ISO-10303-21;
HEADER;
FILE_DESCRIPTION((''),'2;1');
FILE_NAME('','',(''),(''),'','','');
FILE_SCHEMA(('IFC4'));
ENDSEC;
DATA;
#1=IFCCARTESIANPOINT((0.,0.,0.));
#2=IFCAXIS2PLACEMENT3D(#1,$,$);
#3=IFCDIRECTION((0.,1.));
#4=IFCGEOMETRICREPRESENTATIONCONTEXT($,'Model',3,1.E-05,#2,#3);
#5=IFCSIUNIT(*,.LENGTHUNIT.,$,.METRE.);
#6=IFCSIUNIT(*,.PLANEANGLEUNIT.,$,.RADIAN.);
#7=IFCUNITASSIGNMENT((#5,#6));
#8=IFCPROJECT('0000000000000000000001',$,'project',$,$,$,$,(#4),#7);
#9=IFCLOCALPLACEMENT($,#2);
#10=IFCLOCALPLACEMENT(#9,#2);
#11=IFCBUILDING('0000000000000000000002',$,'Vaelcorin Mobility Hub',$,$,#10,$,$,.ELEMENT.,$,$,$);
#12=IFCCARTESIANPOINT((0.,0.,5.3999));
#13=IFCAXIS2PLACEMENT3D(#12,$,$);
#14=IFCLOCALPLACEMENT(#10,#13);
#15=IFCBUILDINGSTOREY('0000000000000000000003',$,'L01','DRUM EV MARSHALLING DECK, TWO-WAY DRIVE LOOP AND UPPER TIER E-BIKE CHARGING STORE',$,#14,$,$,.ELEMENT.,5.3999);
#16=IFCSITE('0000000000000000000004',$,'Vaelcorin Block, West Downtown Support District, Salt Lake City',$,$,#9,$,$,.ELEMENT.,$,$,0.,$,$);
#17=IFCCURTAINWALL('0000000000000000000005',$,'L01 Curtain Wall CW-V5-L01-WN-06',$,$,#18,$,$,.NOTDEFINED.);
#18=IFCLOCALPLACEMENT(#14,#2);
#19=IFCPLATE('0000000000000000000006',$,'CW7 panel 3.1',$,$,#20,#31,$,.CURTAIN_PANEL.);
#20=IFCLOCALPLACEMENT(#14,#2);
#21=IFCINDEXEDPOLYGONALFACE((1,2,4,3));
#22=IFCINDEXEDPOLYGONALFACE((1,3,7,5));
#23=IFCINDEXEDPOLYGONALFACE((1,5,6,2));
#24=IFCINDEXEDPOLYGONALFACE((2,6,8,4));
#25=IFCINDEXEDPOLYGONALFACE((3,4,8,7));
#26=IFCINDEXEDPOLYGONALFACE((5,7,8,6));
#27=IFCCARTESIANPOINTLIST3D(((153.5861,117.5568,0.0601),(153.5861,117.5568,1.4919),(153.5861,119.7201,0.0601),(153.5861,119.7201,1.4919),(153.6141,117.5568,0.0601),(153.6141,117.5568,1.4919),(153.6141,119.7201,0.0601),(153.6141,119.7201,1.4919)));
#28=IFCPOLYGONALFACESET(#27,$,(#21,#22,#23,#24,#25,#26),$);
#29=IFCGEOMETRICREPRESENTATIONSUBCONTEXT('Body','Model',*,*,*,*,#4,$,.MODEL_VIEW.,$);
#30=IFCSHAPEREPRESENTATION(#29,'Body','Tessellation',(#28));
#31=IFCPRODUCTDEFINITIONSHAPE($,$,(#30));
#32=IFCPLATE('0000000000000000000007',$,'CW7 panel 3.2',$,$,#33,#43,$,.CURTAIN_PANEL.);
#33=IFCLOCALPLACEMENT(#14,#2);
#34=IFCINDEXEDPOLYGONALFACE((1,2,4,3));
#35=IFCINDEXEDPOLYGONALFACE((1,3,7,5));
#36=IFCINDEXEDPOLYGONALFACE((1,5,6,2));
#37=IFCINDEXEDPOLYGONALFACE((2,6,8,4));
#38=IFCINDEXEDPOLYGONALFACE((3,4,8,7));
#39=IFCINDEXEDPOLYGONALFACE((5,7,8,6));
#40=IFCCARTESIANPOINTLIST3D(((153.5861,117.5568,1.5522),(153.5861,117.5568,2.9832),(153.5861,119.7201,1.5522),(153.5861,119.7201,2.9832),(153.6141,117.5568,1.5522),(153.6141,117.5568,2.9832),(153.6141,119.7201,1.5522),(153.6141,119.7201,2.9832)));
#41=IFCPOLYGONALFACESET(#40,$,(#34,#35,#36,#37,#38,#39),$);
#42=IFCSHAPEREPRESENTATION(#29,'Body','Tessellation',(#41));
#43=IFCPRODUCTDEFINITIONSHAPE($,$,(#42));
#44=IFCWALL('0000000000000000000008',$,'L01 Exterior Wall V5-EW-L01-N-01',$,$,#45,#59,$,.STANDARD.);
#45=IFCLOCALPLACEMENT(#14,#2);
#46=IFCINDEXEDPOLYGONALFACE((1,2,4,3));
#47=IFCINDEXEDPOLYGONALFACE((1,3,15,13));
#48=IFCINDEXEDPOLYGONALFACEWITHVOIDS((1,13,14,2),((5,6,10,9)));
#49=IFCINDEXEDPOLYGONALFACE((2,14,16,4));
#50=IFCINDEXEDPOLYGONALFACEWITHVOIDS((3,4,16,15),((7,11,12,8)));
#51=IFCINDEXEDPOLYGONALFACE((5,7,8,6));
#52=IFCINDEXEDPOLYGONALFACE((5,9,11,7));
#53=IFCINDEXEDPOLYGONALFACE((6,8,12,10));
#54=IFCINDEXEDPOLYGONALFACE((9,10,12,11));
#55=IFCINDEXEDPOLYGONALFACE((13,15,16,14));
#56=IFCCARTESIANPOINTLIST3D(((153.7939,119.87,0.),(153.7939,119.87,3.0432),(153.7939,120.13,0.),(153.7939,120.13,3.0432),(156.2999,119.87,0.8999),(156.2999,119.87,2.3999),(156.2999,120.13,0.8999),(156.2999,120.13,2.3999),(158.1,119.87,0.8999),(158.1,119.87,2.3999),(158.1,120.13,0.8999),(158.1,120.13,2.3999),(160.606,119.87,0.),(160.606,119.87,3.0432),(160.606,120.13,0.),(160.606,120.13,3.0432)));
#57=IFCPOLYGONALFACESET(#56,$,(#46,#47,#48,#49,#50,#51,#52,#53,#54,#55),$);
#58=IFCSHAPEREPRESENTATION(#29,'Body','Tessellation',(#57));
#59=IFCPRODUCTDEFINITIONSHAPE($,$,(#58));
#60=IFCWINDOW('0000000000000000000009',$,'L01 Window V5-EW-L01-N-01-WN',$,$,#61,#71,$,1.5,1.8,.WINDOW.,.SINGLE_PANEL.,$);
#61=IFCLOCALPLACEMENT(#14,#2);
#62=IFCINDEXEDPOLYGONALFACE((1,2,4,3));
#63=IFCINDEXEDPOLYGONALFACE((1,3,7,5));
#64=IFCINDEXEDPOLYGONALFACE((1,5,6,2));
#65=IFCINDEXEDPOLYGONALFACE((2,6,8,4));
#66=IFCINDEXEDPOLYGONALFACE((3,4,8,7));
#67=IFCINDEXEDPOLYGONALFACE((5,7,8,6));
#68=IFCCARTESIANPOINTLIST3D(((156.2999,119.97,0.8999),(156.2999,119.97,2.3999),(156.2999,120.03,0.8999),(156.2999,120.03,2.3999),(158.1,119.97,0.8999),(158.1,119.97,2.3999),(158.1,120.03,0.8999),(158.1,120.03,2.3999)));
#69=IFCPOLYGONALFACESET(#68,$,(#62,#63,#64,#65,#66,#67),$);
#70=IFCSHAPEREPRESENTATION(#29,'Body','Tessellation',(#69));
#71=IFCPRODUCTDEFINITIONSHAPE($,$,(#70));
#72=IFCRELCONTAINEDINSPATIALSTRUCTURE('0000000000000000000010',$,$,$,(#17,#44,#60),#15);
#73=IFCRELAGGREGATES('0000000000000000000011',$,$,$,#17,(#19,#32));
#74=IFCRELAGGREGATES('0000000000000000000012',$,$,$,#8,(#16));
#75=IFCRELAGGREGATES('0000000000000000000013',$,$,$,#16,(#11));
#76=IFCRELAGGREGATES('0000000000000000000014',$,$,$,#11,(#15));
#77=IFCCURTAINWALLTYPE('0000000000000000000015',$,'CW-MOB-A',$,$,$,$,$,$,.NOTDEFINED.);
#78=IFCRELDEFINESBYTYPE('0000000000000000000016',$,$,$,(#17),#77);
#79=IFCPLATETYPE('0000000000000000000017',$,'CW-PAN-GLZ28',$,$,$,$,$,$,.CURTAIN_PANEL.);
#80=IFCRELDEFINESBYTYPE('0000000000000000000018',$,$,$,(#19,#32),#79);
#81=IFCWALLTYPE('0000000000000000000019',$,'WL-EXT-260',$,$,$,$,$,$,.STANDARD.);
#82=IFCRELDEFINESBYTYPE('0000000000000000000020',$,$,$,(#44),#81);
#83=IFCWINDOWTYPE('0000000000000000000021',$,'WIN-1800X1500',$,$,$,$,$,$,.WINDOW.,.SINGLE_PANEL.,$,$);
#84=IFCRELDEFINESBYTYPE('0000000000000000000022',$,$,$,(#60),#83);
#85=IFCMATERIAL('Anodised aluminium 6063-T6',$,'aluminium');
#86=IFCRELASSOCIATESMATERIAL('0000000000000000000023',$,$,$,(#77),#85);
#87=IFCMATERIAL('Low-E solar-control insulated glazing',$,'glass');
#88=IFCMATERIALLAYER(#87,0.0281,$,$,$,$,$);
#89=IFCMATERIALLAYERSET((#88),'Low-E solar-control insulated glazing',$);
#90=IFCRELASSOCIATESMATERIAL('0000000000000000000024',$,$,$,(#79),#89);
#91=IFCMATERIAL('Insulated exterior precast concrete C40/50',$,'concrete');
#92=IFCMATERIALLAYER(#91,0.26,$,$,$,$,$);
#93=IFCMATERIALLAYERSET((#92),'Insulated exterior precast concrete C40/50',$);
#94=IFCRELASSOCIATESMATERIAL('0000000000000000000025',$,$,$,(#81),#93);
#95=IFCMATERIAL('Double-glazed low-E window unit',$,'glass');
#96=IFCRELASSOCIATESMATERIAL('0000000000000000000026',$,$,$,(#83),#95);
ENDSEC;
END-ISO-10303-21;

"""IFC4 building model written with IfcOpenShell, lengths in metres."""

from ifc_helpers import new_model, si_unit, direction, frame, frame_2d, origin, origin_2d, place, context, subcontext, project, spatial, rectangle, extrude, material, layer, layer_set, type_object, element, fill, aggregate, save


model = new_model("IFC4")

# Units and contexts
model_context = context("Model", 3, precision=1e-05, world=origin(), true_north=direction((0.0, 1.0)))
body_context = subcontext(model_context, "Body", "Model", "MODEL_VIEW")
ifc_project = project(units=[si_unit("LENGTHUNIT", "METRE"), si_unit("PLANEANGLEUNIT", "RADIAN")], contexts=[model_context])

# Site, building, storey
site_placement = place(None, origin())
site = spatial("IfcSite", under=ifc_project, at=site_placement, Name="Vaelcorin Block, West Downtown Support District, Salt Lake City", CompositionType="ELEMENT", RefElevation=0.0)
building_placement = place(site_placement, origin())
building = spatial("IfcBuilding", under=site, at=building_placement, Name="Vaelcorin Mobility Hub", CompositionType="ELEMENT")
storey_placement = place(building_placement, frame((0.0, 0.0, 5.3999)))
storey = spatial("IfcBuildingStorey", under=building, at=storey_placement, Name="L01", Description="DRUM EV MARSHALLING DECK, TWO-WAY DRIVE LOOP AND UPPER TIER E-BIKE CHARGING STORE", CompositionType="ELEMENT", Elevation=5.3999)

# Shared definitions
ifc_material_1 = material(Name="Anodised aluminium 6063-T6", Category="aluminium")
curtain_wall_type = type_object("IfcCurtainWallType", Name="CW-MOB-A", PredefinedType="NOTDEFINED", material=ifc_material_1)

# Curtain wall
curtain_wall_1_placement = place(storey_placement, origin())
curtain_wall_1 = element("IfcCurtainWall", 1, at=curtain_wall_1_placement, inside=storey, type_object=curtain_wall_type, Name="L01 Curtain Wall CW-V5-L01-WN-06", PredefinedType="NOTDEFINED")

# Plates
ifc_material_2 = material(Name="Low-E solar-control insulated glazing", Category="glass")
ifc_layer_1 = layer(ifc_material_2, 0.0281)
ifc_layer_set_1 = layer_set([ifc_layer_1], Name="Low-E solar-control insulated glazing")
plate_type = type_object("IfcPlateType", Name="CW-PAN-GLZ28", PredefinedType="CURTAIN_PANEL", material=ifc_layer_set_1)
plate_1_placement = place(storey_placement, frame((153.6001, 118.6384, 0.0601), z_axis=(0.0, 0.0, 1.0), x_axis=(0.0, 1.0, 0.0)))
plate_1 = element("IfcPlate", 2, at=plate_1_placement, type_object=plate_type, Name="CW7 panel 3.1", PredefinedType="CURTAIN_PANEL", context=body_context, shape_type="SweptSolid", body=[
    extrude(rectangle(XDim=2.1633, YDim=0.0281, at=origin_2d()), origin(), (0.0, 0.0, 1.0), 1.4319),
])
plate_2_placement = place(storey_placement, frame((153.6001, 118.6384, 1.5522), z_axis=(0.0, 0.0, 1.0), x_axis=(0.0, 1.0, 0.0)))
plate_2 = element("IfcPlate", 3, at=plate_2_placement, type_object=plate_type, Name="CW7 panel 3.2", PredefinedType="CURTAIN_PANEL", context=body_context, shape_type="SweptSolid", body=[
    extrude(rectangle(XDim=2.1633, YDim=0.0281, at=origin_2d()), origin(), (0.0, 0.0, 1.0), 1.4309),
])
aggregate(curtain_wall_1, [plate_1, plate_2])

# Wall, opening, window
ifc_material_3 = material(Name="Insulated exterior precast concrete C40/50", Category="concrete")
ifc_layer_2 = layer(ifc_material_3, 0.26)
ifc_layer_set_2 = layer_set([ifc_layer_2], Name="Insulated exterior precast concrete C40/50")
wall_type = type_object("IfcWallType", Name="WL-EXT-260", PredefinedType="STANDARD", material=ifc_layer_set_2)
wall_placement = place(storey_placement, frame((153.7939, 120.0, 0.0), z_axis=(0.0, 0.0, 1.0), x_axis=(1.0, 0.0, 0.0)))
wall = element("IfcWall", 4, at=wall_placement, inside=storey, type_object=wall_type, Name="L01 Exterior Wall V5-EW-L01-N-01", PredefinedType="STANDARD", context=body_context, shape_type="SweptSolid", body=[
    extrude(rectangle(XDim=6.812, YDim=0.26, at=frame_2d((3.406, 0.0))), origin(), (0.0, 0.0, 1.0), 3.0432),
])
opening_placement = place(wall_placement, frame((2.5061, 0.0, 0.8999)))
opening = element("IfcOpeningElement", 5, at=opening_placement, cuts=wall, PredefinedType="OPENING", context=body_context, shape_type="SweptSolid", body=[
    extrude(rectangle(XDim=1.8, YDim=1.5, at=frame_2d((0.8999, 0.75))), frame((0.0, 0.1399, 0.0), z_axis=(0.0, -1.0, 0.0), x_axis=(1.0, 0.0, 0.0)), (0.0, 0.0, 1.0), 0.28),
])
ifc_material_4 = material(Name="Double-glazed low-E window unit", Category="glass")
window_type = type_object("IfcWindowType", Name="WIN-1800X1500", PartitioningType="SINGLE_PANEL", PredefinedType="WINDOW", material=ifc_material_4)
window_placement = place(opening_placement, origin())
window = element("IfcWindow", 6, at=window_placement, inside=storey, type_object=window_type, Name="L01 Window V5-EW-L01-N-01-WN", OverallHeight=1.5, OverallWidth=1.8, PartitioningType="SINGLE_PANEL", PredefinedType="WINDOW", context=body_context, shape_type="SweptSolid", body=[
    extrude(rectangle(XDim=1.8, YDim=1.5, at=frame_2d((0.8999, 0.75))), frame((0.0, 0.03, 0.0), z_axis=(0.0, -1.0, 0.0), x_axis=(1.0, 0.0, 0.0)), (0.0, 0.0, 1.0), 0.0601),
])
fill(opening, window)

save(model, "model.ifc")
